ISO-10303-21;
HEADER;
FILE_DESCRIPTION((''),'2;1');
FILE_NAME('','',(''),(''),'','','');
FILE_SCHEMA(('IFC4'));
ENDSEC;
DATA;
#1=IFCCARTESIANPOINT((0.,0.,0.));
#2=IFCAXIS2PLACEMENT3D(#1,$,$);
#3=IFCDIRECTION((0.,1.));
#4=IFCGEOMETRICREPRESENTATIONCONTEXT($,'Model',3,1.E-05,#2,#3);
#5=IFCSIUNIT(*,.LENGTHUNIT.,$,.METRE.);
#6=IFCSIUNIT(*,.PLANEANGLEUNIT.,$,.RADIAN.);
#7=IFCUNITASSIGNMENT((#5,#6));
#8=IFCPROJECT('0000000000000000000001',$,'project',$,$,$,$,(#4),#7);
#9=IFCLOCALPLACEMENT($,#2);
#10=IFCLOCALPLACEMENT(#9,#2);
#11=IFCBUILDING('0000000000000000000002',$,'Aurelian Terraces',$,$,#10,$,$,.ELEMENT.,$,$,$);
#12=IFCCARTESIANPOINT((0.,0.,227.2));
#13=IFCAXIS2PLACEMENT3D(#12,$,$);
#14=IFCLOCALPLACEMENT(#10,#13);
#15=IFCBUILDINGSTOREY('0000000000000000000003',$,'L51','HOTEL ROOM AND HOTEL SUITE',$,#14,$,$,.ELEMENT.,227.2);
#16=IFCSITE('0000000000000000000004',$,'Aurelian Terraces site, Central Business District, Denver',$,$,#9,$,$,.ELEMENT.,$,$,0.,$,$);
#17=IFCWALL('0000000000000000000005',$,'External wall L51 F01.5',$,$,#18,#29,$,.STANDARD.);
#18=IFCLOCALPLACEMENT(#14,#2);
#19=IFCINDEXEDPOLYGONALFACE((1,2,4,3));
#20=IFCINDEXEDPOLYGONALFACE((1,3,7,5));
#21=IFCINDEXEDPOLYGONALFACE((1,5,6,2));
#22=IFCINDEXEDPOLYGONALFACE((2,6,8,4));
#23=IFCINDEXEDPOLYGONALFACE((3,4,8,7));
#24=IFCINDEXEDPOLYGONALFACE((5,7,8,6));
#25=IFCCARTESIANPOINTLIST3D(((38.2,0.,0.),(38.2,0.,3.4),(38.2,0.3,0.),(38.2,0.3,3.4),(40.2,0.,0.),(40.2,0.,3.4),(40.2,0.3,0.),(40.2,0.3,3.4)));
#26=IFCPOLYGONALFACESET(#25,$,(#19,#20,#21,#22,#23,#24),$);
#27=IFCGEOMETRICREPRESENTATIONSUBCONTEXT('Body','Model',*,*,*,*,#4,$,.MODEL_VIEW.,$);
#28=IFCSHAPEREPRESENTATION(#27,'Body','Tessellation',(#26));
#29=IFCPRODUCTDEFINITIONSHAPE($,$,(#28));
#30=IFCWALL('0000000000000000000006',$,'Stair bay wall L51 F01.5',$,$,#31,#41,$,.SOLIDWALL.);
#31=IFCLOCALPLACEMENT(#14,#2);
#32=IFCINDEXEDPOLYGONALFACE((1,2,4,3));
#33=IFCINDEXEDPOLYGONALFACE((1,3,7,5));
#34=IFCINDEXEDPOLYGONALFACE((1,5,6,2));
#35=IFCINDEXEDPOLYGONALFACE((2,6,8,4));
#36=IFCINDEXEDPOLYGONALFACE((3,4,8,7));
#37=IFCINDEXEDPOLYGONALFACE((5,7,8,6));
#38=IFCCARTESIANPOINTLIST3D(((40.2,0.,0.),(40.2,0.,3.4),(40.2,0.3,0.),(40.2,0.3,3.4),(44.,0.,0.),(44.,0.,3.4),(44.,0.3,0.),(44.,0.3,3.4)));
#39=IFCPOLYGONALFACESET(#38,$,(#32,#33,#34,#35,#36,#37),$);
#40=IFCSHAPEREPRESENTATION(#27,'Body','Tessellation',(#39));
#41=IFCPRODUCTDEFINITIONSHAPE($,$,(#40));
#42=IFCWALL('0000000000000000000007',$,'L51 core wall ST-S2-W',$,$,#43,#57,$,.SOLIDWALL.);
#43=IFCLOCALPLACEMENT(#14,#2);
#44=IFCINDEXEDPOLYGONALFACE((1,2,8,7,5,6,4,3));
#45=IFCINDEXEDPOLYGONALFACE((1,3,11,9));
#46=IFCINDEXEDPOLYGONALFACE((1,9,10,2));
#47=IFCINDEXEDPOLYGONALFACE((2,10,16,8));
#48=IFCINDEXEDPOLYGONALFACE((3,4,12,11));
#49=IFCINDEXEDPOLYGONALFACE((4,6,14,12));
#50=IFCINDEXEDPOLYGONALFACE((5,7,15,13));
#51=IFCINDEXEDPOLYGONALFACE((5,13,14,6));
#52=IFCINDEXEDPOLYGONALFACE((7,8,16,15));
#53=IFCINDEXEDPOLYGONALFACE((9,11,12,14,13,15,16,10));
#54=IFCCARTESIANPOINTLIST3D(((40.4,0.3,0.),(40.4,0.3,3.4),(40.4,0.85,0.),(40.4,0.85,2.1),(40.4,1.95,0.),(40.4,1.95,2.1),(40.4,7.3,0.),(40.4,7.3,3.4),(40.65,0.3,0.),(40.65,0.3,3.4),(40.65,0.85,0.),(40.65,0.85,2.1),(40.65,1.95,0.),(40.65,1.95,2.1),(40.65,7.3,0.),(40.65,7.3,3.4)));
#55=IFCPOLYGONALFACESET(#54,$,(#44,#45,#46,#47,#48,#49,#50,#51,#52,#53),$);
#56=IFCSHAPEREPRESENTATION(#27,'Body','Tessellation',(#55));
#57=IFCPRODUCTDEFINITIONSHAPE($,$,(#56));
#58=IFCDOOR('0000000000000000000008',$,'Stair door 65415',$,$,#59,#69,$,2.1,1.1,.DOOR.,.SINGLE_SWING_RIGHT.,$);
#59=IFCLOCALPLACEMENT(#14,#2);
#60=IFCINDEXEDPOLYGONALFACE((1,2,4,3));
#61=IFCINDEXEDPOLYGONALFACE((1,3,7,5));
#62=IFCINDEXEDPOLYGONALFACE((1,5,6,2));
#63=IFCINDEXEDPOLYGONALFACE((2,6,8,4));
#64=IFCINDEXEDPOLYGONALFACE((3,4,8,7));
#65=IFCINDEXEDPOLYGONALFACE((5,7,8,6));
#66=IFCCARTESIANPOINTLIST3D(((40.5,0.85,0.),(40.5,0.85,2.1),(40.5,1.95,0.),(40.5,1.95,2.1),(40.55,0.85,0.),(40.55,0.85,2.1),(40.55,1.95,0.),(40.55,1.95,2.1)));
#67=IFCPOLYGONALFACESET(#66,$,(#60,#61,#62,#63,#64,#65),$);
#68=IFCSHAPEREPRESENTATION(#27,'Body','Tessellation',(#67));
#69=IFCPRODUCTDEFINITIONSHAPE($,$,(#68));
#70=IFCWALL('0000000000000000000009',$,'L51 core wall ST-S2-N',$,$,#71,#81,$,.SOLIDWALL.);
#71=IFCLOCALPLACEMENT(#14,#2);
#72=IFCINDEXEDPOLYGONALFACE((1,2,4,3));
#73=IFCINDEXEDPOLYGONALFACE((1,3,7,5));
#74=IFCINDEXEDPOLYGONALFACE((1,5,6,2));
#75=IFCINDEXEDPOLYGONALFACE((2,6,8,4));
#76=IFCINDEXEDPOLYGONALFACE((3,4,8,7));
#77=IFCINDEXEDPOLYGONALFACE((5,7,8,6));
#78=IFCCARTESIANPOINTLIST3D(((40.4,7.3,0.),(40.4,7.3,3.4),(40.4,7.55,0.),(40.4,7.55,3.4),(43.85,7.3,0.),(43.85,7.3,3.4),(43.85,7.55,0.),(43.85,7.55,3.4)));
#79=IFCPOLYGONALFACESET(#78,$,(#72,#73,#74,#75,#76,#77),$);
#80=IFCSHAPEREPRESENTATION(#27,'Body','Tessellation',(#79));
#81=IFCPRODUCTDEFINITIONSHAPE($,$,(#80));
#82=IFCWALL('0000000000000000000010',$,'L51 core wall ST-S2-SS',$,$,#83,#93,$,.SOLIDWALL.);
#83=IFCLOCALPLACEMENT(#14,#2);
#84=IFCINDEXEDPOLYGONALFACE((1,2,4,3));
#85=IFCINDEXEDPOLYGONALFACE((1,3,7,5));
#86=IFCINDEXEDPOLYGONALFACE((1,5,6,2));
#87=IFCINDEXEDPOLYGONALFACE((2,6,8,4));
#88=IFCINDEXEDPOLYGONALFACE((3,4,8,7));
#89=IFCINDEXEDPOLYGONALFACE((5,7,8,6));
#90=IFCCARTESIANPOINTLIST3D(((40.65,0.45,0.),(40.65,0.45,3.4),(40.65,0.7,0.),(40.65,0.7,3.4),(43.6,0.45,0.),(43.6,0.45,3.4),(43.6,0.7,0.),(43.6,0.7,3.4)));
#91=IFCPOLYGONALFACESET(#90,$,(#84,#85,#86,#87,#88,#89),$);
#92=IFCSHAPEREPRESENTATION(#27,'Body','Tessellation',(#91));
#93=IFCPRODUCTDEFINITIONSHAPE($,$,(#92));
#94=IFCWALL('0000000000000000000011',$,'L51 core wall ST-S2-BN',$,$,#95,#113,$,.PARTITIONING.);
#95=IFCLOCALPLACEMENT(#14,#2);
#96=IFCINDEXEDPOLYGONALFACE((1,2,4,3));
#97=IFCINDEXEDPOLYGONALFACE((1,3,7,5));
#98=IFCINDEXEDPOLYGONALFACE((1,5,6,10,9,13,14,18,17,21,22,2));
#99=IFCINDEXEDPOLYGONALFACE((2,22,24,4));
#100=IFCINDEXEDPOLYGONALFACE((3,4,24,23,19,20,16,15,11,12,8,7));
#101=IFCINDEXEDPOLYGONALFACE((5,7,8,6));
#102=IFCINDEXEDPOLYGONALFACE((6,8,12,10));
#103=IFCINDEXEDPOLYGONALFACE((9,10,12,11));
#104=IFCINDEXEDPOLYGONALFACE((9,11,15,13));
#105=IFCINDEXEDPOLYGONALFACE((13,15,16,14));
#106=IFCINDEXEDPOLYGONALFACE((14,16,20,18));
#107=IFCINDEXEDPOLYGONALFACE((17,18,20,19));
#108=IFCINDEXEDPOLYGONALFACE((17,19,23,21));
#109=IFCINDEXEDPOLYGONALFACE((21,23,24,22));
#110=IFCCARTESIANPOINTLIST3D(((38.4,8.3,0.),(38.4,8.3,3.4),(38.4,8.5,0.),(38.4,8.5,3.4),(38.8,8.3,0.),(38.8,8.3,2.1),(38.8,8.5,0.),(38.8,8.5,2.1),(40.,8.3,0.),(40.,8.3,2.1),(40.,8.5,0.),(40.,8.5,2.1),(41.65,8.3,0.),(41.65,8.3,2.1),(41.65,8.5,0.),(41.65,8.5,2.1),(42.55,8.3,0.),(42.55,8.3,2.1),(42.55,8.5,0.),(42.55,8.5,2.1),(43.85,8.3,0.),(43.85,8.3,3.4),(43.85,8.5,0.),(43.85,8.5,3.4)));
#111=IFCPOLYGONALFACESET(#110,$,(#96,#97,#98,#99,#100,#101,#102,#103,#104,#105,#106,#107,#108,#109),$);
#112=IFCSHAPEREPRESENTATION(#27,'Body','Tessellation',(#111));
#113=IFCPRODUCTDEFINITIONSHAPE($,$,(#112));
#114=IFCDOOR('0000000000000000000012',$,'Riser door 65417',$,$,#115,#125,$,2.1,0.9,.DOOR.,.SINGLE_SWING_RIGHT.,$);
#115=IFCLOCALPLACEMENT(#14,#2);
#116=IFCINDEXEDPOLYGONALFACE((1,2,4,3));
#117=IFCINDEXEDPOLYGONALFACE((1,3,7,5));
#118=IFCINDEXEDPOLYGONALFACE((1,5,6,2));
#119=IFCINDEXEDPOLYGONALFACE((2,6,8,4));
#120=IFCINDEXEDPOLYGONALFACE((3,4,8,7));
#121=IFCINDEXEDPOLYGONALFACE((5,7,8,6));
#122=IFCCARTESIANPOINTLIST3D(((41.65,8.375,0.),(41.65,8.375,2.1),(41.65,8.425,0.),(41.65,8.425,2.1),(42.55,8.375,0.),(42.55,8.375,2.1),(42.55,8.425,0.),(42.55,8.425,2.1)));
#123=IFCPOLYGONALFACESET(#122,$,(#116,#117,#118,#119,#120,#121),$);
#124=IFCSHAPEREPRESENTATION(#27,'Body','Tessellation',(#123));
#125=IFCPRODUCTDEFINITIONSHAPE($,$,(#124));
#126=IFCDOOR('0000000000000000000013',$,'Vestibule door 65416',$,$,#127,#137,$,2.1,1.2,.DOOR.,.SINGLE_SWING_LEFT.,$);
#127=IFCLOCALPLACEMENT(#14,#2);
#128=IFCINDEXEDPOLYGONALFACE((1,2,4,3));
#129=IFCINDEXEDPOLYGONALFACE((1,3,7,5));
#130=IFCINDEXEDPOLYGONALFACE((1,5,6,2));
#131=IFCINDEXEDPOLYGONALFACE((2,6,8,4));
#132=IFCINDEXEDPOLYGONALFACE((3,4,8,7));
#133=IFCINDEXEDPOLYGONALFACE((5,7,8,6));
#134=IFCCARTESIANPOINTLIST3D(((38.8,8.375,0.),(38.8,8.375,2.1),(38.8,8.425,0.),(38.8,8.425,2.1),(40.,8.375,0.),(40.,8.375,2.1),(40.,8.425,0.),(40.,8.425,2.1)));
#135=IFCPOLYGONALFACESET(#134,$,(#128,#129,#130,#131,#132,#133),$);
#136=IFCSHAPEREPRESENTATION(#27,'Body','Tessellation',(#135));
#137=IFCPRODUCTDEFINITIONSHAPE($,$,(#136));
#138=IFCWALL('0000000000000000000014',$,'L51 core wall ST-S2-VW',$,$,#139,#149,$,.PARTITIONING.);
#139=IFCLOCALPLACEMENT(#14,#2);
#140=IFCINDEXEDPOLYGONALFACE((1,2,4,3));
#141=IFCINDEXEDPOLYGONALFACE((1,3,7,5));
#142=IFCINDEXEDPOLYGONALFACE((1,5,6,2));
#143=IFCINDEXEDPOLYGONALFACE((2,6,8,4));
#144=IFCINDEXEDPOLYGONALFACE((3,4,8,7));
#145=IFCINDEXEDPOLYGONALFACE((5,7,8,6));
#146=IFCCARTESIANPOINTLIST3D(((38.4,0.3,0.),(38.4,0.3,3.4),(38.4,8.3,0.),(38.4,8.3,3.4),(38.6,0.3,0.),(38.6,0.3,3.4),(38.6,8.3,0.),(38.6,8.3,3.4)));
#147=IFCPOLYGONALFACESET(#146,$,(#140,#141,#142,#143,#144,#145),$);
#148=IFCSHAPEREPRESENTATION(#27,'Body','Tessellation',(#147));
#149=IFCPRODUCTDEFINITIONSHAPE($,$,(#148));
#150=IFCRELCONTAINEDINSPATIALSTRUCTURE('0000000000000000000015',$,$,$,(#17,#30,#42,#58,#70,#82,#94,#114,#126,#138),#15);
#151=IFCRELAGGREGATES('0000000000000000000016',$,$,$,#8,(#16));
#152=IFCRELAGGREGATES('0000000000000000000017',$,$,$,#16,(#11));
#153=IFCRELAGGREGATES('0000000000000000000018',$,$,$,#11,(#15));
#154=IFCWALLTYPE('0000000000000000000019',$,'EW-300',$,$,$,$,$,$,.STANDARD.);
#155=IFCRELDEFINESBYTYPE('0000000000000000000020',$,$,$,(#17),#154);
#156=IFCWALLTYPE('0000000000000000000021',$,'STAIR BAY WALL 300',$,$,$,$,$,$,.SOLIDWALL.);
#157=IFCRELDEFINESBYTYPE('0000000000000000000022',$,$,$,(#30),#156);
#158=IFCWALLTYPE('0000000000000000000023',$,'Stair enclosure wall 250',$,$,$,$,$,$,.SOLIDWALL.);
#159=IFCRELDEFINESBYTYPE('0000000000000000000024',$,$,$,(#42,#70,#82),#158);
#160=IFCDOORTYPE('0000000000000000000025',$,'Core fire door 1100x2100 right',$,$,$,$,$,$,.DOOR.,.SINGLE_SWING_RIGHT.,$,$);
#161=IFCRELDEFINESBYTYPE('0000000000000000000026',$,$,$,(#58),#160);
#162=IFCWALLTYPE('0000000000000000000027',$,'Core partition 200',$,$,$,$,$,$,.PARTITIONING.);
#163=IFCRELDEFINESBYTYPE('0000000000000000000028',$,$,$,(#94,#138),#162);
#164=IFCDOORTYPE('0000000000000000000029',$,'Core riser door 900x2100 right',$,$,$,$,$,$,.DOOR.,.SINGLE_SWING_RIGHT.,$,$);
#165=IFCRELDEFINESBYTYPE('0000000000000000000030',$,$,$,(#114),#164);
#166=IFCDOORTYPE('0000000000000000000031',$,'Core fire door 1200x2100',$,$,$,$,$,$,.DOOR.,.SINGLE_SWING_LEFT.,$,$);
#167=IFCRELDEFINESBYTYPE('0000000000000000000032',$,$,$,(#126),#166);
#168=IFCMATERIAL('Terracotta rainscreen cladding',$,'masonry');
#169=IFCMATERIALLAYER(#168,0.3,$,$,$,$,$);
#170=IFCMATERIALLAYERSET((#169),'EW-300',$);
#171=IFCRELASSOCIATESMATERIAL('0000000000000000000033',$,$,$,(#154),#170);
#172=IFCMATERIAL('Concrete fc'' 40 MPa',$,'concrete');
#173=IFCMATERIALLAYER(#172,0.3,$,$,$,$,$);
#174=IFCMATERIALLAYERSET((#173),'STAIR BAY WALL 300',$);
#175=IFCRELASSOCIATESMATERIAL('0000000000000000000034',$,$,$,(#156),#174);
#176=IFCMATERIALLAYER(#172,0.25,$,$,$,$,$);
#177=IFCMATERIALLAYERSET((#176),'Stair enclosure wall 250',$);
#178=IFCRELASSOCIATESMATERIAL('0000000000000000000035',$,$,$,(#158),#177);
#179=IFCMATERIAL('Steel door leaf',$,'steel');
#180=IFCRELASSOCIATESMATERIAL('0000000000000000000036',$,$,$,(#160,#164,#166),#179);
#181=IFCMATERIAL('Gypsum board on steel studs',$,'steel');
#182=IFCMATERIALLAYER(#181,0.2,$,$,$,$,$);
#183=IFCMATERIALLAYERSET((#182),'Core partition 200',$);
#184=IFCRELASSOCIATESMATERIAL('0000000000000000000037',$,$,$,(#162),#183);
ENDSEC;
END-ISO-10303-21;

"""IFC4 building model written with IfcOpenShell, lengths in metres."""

from ifc_helpers import new_model, si_unit, direction, frame, frame_2d, origin, place, context, subcontext, project, spatial, rectangle, extrude, source, transform, mapped, material, layer, layer_set, type_object, element, fill, save


model = new_model("IFC4")

# Units and contexts
model_context = context("Model", 3, precision=1e-05, world=origin(), true_north=direction((0.0, 1.0)))
body_context = subcontext(model_context, "Body", "Model", "MODEL_VIEW")
ifc_project = project(units=[si_unit("LENGTHUNIT", "METRE"), si_unit("PLANEANGLEUNIT", "RADIAN")], contexts=[model_context])

# Site, building, storey
site_placement = place(None, origin())
site = spatial("IfcSite", under=ifc_project, at=site_placement, Name="Aurelian Terraces site, Central Business District, Denver", CompositionType="ELEMENT", RefElevation=0.0)
building_placement = place(site_placement, origin())
building = spatial("IfcBuilding", under=site, at=building_placement, Name="Aurelian Terraces", CompositionType="ELEMENT")
storey_placement = place(building_placement, frame((0.0, 0.0, 227.2)))
storey = spatial("IfcBuildingStorey", under=building, at=storey_placement, Name="L51", Description="HOTEL ROOM AND HOTEL SUITE", CompositionType="ELEMENT", Elevation=227.2)

# Walls
ifc_material_1 = material(Name="Terracotta rainscreen cladding", Category="masonry")
ifc_layer_1 = layer(ifc_material_1, 0.3)
ifc_layer_set_1 = layer_set([ifc_layer_1], Name="EW-300")
wall_type_1 = type_object("IfcWallType", Name="EW-300", PredefinedType="STANDARD", material=ifc_layer_set_1)
wall_1_placement = place(storey_placement, frame((38.2, 0.15, 0.0), z_axis=(0.0, 0.0, 1.0), x_axis=(1.0, 0.0, 0.0)))
element("IfcWall", 1, at=wall_1_placement, inside=storey, type_object=wall_type_1, Name="External wall L51 F01.5", PredefinedType="STANDARD", context=body_context, shape_type="SweptSolid", body=[
    extrude(rectangle(XDim=2.0, YDim=0.3, at=frame_2d((1.0, 0.0))), origin(), (0.0, 0.0, 1.0), 3.4),
])
ifc_material_2 = material(Name="Concrete fc' 40 MPa", Category="concrete")
ifc_layer_2 = layer(ifc_material_2, 0.3)
ifc_layer_set_2 = layer_set([ifc_layer_2], Name="STAIR BAY WALL 300")
wall_type_2 = type_object("IfcWallType", Name="STAIR BAY WALL 300", PredefinedType="SOLIDWALL", material=ifc_layer_set_2)
shared_shape_1 = source(origin(), body_context, "Body", "SweptSolid", [
    extrude(rectangle(XDim=3.8, YDim=0.3, at=frame_2d((1.9, 0.0))), origin(), (0.0, 0.0, 1.0), 3.4),
])
wall_2_placement = place(storey_placement, frame((40.2, 0.15, 0.0), z_axis=(0.0, 0.0, 1.0), x_axis=(1.0, 0.0, 0.0)))
element("IfcWall", 2, at=wall_2_placement, inside=storey, type_object=wall_type_2, Name="Stair bay wall L51 F01.5", PredefinedType="SOLIDWALL", context=body_context, shape_type="MappedRepresentation", body=[
    mapped(shared_shape_1, transform((0.0, 0.0, 0.0), scale=1.0)),
])

# Wall, opening, door
ifc_layer_3 = layer(ifc_material_2, 0.25)
ifc_layer_set_3 = layer_set([ifc_layer_3], Name="Stair enclosure wall 250")
wall_type_3 = type_object("IfcWallType", Name="Stair enclosure wall 250", PredefinedType="SOLIDWALL", material=ifc_layer_set_3)
shared_shape_2 = source(origin(), body_context, "Body", "SweptSolid", [
    extrude(rectangle(XDim=7.0, YDim=0.25, at=frame_2d((3.5, 0.0))), origin(), (0.0, 0.0, 1.0), 3.4),
])
wall_3_placement = place(storey_placement, frame((40.525, 0.3, 0.0), z_axis=(0.0, 0.0, 1.0), x_axis=(0.0, 1.0, 0.0)))
wall_3 = element("IfcWall", 3, at=wall_3_placement, inside=storey, type_object=wall_type_3, Name="L51 core wall ST-S2-W", PredefinedType="SOLIDWALL", context=body_context, shape_type="MappedRepresentation", body=[
    mapped(shared_shape_2, transform((0.0, 0.0, 0.0), scale=1.0)),
])
shared_shape_3 = source(origin(), body_context, "Body", "SweptSolid", [
    extrude(rectangle(XDim=1.1, YDim=2.1, at=frame_2d((0.55, 1.05))), frame((0.0, 0.135, 0.0), z_axis=(0.0, -1.0, 0.0), x_axis=(1.0, 0.0, 0.0)), (0.0, 0.0, 1.0), 0.27),
])
opening_1_placement = place(wall_3_placement, frame((0.55, 0.0, 0.0)))
opening_1 = element("IfcOpeningElement", 4, at=opening_1_placement, cuts=wall_3, PredefinedType="OPENING", context=body_context, shape_type="MappedRepresentation", body=[
    mapped(shared_shape_3, transform((0.0, 0.0, 0.0), scale=1.0)),
])
ifc_material_3 = material(Name="Steel door leaf", Category="steel")
door_type_1 = type_object("IfcDoorType", Name="Core fire door 1100x2100 right", OperationType="SINGLE_SWING_RIGHT", PredefinedType="DOOR", material=ifc_material_3)
shared_shape_4 = source(origin(), body_context, "Body", "SweptSolid", [
    extrude(rectangle(XDim=1.1, YDim=2.1, at=frame_2d((0.55, 1.05))), frame((0.0, 0.025, 0.0), z_axis=(0.0, -1.0, 0.0), x_axis=(1.0, 0.0, 0.0)), (0.0, 0.0, 1.0), 0.05),
])
door_1_placement = place(opening_1_placement, origin())
door_1 = element("IfcDoor", 5, at=door_1_placement, inside=storey, type_object=door_type_1, Name="Stair door 65415", OperationType="SINGLE_SWING_RIGHT", OverallHeight=2.1, OverallWidth=1.1, PredefinedType="DOOR", context=body_context, shape_type="MappedRepresentation", body=[
    mapped(shared_shape_4, transform((0.0, 0.0, 0.0), scale=1.0)),
])
fill(opening_1, door_1)

# Walls
shared_shape_5 = source(origin(), body_context, "Body", "SweptSolid", [
    extrude(rectangle(XDim=3.45, YDim=0.25, at=frame_2d((1.725, 0.0))), origin(), (0.0, 0.0, 1.0), 3.4),
])
wall_4_placement = place(storey_placement, frame((40.4, 7.425, 0.0), z_axis=(0.0, 0.0, 1.0), x_axis=(1.0, 0.0, 0.0)))
element("IfcWall", 6, at=wall_4_placement, inside=storey, type_object=wall_type_3, Name="L51 core wall ST-S2-N", PredefinedType="SOLIDWALL", context=body_context, shape_type="MappedRepresentation", body=[
    mapped(shared_shape_5, transform((0.0, 0.0, 0.0), scale=1.0)),
])
shared_shape_6 = source(origin(), body_context, "Body", "SweptSolid", [
    extrude(rectangle(XDim=2.95, YDim=0.25, at=frame_2d((1.475, 0.0))), origin(), (0.0, 0.0, 1.0), 3.4),
])
wall_5_placement = place(storey_placement, frame((40.65, 0.575, 0.0), z_axis=(0.0, 0.0, 1.0), x_axis=(1.0, 0.0, 0.0)))
element("IfcWall", 7, at=wall_5_placement, inside=storey, type_object=wall_type_3, Name="L51 core wall ST-S2-SS", PredefinedType="SOLIDWALL", context=body_context, shape_type="MappedRepresentation", body=[
    mapped(shared_shape_6, transform((0.0, 0.0, 0.0), scale=1.0)),
])

# Wall, openings, doors
ifc_material_4 = material(Name="Gypsum board on steel studs", Category="steel")
ifc_layer_4 = layer(ifc_material_4, 0.2)
ifc_layer_set_4 = layer_set([ifc_layer_4], Name="Core partition 200")
wall_type_4 = type_object("IfcWallType", Name="Core partition 200", PredefinedType="PARTITIONING", material=ifc_layer_set_4)
shared_shape_7 = source(origin(), body_context, "Body", "SweptSolid", [
    extrude(rectangle(XDim=5.45, YDim=0.2, at=frame_2d((2.725, 0.0))), origin(), (0.0, 0.0, 1.0), 3.4),
])
wall_6_placement = place(storey_placement, frame((38.4, 8.4, 0.0), z_axis=(0.0, 0.0, 1.0), x_axis=(1.0, 0.0, 0.0)))
wall_6 = element("IfcWall", 8, at=wall_6_placement, inside=storey, type_object=wall_type_4, Name="L51 core wall ST-S2-BN", PredefinedType="PARTITIONING", context=body_context, shape_type="MappedRepresentation", body=[
    mapped(shared_shape_7, transform((0.0, 0.0, 0.0), scale=1.0)),
])
shared_shape_8 = source(origin(), body_context, "Body", "SweptSolid", [
    extrude(rectangle(XDim=1.2, YDim=2.1, at=frame_2d((0.6, 1.05))), frame((0.0, 0.11, 0.0), z_axis=(0.0, -1.0, 0.0), x_axis=(1.0, 0.0, 0.0)), (0.0, 0.0, 1.0), 0.22),
])
opening_2_placement = place(wall_6_placement, frame((0.4, 0.0, 0.0)))
opening_2 = element("IfcOpeningElement", 9, at=opening_2_placement, cuts=wall_6, PredefinedType="OPENING", context=body_context, shape_type="MappedRepresentation", body=[
    mapped(shared_shape_8, transform((0.0, 0.0, 0.0), scale=1.0)),
])
shared_shape_9 = source(origin(), body_context, "Body", "SweptSolid", [
    extrude(rectangle(XDim=0.9, YDim=2.1, at=frame_2d((0.45, 1.05))), frame((0.0, 0.11, 0.0), z_axis=(0.0, -1.0, 0.0), x_axis=(1.0, 0.0, 0.0)), (0.0, 0.0, 1.0), 0.22),
])
opening_3_placement = place(wall_6_placement, frame((3.25, 0.0, 0.0)))
opening_3 = element("IfcOpeningElement", 10, at=opening_3_placement, cuts=wall_6, PredefinedType="OPENING", context=body_context, shape_type="MappedRepresentation", body=[
    mapped(shared_shape_9, transform((0.0, 0.0, 0.0), scale=1.0)),
])
door_type_2 = type_object("IfcDoorType", Name="Core riser door 900x2100 right", OperationType="SINGLE_SWING_RIGHT", PredefinedType="DOOR", material=ifc_material_3)
shared_shape_10 = source(origin(), body_context, "Body", "SweptSolid", [
    extrude(rectangle(XDim=0.9, YDim=2.1, at=frame_2d((0.45, 1.05))), frame((0.0, 0.025, 0.0), z_axis=(0.0, -1.0, 0.0), x_axis=(1.0, 0.0, 0.0)), (0.0, 0.0, 1.0), 0.05),
])
door_2_placement = place(opening_3_placement, origin())
door_2 = element("IfcDoor", 11, at=door_2_placement, inside=storey, type_object=door_type_2, Name="Riser door 65417", OperationType="SINGLE_SWING_RIGHT", OverallHeight=2.1, OverallWidth=0.9, PredefinedType="DOOR", context=body_context, shape_type="MappedRepresentation", body=[
    mapped(shared_shape_10, transform((0.0, 0.0, 0.0), scale=1.0)),
])
fill(opening_3, door_2)
door_type_3 = type_object("IfcDoorType", Name="Core fire door 1200x2100", OperationType="SINGLE_SWING_LEFT", PredefinedType="DOOR", material=ifc_material_3)
shared_shape_11 = source(origin(), body_context, "Body", "SweptSolid", [
    extrude(rectangle(XDim=1.2, YDim=2.1, at=frame_2d((0.6, 1.05))), frame((0.0, 0.025, 0.0), z_axis=(0.0, -1.0, 0.0), x_axis=(1.0, 0.0, 0.0)), (0.0, 0.0, 1.0), 0.05),
])
door_3_placement = place(opening_2_placement, origin())
door_3 = element("IfcDoor", 12, at=door_3_placement, inside=storey, type_object=door_type_3, Name="Vestibule door 65416", OperationType="SINGLE_SWING_LEFT", OverallHeight=2.1, OverallWidth=1.2, PredefinedType="DOOR", context=body_context, shape_type="MappedRepresentation", body=[
    mapped(shared_shape_11, transform((0.0, 0.0, 0.0), scale=1.0)),
])
fill(opening_2, door_3)

# Wall
shared_shape_12 = source(origin(), body_context, "Body", "SweptSolid", [
    extrude(rectangle(XDim=8.0, YDim=0.2, at=frame_2d((4.0, 0.0))), origin(), (0.0, 0.0, 1.0), 3.4),
])
wall_7_placement = place(storey_placement, frame((38.5, 0.3, 0.0), z_axis=(0.0, 0.0, 1.0), x_axis=(0.0, 1.0, 0.0)))
element("IfcWall", 13, at=wall_7_placement, inside=storey, type_object=wall_type_4, Name="L51 core wall ST-S2-VW", PredefinedType="PARTITIONING", context=body_context, shape_type="MappedRepresentation", body=[
    mapped(shared_shape_12, transform((0.0, 0.0, 0.0), scale=1.0)),
])

save(model, "model.ifc")
